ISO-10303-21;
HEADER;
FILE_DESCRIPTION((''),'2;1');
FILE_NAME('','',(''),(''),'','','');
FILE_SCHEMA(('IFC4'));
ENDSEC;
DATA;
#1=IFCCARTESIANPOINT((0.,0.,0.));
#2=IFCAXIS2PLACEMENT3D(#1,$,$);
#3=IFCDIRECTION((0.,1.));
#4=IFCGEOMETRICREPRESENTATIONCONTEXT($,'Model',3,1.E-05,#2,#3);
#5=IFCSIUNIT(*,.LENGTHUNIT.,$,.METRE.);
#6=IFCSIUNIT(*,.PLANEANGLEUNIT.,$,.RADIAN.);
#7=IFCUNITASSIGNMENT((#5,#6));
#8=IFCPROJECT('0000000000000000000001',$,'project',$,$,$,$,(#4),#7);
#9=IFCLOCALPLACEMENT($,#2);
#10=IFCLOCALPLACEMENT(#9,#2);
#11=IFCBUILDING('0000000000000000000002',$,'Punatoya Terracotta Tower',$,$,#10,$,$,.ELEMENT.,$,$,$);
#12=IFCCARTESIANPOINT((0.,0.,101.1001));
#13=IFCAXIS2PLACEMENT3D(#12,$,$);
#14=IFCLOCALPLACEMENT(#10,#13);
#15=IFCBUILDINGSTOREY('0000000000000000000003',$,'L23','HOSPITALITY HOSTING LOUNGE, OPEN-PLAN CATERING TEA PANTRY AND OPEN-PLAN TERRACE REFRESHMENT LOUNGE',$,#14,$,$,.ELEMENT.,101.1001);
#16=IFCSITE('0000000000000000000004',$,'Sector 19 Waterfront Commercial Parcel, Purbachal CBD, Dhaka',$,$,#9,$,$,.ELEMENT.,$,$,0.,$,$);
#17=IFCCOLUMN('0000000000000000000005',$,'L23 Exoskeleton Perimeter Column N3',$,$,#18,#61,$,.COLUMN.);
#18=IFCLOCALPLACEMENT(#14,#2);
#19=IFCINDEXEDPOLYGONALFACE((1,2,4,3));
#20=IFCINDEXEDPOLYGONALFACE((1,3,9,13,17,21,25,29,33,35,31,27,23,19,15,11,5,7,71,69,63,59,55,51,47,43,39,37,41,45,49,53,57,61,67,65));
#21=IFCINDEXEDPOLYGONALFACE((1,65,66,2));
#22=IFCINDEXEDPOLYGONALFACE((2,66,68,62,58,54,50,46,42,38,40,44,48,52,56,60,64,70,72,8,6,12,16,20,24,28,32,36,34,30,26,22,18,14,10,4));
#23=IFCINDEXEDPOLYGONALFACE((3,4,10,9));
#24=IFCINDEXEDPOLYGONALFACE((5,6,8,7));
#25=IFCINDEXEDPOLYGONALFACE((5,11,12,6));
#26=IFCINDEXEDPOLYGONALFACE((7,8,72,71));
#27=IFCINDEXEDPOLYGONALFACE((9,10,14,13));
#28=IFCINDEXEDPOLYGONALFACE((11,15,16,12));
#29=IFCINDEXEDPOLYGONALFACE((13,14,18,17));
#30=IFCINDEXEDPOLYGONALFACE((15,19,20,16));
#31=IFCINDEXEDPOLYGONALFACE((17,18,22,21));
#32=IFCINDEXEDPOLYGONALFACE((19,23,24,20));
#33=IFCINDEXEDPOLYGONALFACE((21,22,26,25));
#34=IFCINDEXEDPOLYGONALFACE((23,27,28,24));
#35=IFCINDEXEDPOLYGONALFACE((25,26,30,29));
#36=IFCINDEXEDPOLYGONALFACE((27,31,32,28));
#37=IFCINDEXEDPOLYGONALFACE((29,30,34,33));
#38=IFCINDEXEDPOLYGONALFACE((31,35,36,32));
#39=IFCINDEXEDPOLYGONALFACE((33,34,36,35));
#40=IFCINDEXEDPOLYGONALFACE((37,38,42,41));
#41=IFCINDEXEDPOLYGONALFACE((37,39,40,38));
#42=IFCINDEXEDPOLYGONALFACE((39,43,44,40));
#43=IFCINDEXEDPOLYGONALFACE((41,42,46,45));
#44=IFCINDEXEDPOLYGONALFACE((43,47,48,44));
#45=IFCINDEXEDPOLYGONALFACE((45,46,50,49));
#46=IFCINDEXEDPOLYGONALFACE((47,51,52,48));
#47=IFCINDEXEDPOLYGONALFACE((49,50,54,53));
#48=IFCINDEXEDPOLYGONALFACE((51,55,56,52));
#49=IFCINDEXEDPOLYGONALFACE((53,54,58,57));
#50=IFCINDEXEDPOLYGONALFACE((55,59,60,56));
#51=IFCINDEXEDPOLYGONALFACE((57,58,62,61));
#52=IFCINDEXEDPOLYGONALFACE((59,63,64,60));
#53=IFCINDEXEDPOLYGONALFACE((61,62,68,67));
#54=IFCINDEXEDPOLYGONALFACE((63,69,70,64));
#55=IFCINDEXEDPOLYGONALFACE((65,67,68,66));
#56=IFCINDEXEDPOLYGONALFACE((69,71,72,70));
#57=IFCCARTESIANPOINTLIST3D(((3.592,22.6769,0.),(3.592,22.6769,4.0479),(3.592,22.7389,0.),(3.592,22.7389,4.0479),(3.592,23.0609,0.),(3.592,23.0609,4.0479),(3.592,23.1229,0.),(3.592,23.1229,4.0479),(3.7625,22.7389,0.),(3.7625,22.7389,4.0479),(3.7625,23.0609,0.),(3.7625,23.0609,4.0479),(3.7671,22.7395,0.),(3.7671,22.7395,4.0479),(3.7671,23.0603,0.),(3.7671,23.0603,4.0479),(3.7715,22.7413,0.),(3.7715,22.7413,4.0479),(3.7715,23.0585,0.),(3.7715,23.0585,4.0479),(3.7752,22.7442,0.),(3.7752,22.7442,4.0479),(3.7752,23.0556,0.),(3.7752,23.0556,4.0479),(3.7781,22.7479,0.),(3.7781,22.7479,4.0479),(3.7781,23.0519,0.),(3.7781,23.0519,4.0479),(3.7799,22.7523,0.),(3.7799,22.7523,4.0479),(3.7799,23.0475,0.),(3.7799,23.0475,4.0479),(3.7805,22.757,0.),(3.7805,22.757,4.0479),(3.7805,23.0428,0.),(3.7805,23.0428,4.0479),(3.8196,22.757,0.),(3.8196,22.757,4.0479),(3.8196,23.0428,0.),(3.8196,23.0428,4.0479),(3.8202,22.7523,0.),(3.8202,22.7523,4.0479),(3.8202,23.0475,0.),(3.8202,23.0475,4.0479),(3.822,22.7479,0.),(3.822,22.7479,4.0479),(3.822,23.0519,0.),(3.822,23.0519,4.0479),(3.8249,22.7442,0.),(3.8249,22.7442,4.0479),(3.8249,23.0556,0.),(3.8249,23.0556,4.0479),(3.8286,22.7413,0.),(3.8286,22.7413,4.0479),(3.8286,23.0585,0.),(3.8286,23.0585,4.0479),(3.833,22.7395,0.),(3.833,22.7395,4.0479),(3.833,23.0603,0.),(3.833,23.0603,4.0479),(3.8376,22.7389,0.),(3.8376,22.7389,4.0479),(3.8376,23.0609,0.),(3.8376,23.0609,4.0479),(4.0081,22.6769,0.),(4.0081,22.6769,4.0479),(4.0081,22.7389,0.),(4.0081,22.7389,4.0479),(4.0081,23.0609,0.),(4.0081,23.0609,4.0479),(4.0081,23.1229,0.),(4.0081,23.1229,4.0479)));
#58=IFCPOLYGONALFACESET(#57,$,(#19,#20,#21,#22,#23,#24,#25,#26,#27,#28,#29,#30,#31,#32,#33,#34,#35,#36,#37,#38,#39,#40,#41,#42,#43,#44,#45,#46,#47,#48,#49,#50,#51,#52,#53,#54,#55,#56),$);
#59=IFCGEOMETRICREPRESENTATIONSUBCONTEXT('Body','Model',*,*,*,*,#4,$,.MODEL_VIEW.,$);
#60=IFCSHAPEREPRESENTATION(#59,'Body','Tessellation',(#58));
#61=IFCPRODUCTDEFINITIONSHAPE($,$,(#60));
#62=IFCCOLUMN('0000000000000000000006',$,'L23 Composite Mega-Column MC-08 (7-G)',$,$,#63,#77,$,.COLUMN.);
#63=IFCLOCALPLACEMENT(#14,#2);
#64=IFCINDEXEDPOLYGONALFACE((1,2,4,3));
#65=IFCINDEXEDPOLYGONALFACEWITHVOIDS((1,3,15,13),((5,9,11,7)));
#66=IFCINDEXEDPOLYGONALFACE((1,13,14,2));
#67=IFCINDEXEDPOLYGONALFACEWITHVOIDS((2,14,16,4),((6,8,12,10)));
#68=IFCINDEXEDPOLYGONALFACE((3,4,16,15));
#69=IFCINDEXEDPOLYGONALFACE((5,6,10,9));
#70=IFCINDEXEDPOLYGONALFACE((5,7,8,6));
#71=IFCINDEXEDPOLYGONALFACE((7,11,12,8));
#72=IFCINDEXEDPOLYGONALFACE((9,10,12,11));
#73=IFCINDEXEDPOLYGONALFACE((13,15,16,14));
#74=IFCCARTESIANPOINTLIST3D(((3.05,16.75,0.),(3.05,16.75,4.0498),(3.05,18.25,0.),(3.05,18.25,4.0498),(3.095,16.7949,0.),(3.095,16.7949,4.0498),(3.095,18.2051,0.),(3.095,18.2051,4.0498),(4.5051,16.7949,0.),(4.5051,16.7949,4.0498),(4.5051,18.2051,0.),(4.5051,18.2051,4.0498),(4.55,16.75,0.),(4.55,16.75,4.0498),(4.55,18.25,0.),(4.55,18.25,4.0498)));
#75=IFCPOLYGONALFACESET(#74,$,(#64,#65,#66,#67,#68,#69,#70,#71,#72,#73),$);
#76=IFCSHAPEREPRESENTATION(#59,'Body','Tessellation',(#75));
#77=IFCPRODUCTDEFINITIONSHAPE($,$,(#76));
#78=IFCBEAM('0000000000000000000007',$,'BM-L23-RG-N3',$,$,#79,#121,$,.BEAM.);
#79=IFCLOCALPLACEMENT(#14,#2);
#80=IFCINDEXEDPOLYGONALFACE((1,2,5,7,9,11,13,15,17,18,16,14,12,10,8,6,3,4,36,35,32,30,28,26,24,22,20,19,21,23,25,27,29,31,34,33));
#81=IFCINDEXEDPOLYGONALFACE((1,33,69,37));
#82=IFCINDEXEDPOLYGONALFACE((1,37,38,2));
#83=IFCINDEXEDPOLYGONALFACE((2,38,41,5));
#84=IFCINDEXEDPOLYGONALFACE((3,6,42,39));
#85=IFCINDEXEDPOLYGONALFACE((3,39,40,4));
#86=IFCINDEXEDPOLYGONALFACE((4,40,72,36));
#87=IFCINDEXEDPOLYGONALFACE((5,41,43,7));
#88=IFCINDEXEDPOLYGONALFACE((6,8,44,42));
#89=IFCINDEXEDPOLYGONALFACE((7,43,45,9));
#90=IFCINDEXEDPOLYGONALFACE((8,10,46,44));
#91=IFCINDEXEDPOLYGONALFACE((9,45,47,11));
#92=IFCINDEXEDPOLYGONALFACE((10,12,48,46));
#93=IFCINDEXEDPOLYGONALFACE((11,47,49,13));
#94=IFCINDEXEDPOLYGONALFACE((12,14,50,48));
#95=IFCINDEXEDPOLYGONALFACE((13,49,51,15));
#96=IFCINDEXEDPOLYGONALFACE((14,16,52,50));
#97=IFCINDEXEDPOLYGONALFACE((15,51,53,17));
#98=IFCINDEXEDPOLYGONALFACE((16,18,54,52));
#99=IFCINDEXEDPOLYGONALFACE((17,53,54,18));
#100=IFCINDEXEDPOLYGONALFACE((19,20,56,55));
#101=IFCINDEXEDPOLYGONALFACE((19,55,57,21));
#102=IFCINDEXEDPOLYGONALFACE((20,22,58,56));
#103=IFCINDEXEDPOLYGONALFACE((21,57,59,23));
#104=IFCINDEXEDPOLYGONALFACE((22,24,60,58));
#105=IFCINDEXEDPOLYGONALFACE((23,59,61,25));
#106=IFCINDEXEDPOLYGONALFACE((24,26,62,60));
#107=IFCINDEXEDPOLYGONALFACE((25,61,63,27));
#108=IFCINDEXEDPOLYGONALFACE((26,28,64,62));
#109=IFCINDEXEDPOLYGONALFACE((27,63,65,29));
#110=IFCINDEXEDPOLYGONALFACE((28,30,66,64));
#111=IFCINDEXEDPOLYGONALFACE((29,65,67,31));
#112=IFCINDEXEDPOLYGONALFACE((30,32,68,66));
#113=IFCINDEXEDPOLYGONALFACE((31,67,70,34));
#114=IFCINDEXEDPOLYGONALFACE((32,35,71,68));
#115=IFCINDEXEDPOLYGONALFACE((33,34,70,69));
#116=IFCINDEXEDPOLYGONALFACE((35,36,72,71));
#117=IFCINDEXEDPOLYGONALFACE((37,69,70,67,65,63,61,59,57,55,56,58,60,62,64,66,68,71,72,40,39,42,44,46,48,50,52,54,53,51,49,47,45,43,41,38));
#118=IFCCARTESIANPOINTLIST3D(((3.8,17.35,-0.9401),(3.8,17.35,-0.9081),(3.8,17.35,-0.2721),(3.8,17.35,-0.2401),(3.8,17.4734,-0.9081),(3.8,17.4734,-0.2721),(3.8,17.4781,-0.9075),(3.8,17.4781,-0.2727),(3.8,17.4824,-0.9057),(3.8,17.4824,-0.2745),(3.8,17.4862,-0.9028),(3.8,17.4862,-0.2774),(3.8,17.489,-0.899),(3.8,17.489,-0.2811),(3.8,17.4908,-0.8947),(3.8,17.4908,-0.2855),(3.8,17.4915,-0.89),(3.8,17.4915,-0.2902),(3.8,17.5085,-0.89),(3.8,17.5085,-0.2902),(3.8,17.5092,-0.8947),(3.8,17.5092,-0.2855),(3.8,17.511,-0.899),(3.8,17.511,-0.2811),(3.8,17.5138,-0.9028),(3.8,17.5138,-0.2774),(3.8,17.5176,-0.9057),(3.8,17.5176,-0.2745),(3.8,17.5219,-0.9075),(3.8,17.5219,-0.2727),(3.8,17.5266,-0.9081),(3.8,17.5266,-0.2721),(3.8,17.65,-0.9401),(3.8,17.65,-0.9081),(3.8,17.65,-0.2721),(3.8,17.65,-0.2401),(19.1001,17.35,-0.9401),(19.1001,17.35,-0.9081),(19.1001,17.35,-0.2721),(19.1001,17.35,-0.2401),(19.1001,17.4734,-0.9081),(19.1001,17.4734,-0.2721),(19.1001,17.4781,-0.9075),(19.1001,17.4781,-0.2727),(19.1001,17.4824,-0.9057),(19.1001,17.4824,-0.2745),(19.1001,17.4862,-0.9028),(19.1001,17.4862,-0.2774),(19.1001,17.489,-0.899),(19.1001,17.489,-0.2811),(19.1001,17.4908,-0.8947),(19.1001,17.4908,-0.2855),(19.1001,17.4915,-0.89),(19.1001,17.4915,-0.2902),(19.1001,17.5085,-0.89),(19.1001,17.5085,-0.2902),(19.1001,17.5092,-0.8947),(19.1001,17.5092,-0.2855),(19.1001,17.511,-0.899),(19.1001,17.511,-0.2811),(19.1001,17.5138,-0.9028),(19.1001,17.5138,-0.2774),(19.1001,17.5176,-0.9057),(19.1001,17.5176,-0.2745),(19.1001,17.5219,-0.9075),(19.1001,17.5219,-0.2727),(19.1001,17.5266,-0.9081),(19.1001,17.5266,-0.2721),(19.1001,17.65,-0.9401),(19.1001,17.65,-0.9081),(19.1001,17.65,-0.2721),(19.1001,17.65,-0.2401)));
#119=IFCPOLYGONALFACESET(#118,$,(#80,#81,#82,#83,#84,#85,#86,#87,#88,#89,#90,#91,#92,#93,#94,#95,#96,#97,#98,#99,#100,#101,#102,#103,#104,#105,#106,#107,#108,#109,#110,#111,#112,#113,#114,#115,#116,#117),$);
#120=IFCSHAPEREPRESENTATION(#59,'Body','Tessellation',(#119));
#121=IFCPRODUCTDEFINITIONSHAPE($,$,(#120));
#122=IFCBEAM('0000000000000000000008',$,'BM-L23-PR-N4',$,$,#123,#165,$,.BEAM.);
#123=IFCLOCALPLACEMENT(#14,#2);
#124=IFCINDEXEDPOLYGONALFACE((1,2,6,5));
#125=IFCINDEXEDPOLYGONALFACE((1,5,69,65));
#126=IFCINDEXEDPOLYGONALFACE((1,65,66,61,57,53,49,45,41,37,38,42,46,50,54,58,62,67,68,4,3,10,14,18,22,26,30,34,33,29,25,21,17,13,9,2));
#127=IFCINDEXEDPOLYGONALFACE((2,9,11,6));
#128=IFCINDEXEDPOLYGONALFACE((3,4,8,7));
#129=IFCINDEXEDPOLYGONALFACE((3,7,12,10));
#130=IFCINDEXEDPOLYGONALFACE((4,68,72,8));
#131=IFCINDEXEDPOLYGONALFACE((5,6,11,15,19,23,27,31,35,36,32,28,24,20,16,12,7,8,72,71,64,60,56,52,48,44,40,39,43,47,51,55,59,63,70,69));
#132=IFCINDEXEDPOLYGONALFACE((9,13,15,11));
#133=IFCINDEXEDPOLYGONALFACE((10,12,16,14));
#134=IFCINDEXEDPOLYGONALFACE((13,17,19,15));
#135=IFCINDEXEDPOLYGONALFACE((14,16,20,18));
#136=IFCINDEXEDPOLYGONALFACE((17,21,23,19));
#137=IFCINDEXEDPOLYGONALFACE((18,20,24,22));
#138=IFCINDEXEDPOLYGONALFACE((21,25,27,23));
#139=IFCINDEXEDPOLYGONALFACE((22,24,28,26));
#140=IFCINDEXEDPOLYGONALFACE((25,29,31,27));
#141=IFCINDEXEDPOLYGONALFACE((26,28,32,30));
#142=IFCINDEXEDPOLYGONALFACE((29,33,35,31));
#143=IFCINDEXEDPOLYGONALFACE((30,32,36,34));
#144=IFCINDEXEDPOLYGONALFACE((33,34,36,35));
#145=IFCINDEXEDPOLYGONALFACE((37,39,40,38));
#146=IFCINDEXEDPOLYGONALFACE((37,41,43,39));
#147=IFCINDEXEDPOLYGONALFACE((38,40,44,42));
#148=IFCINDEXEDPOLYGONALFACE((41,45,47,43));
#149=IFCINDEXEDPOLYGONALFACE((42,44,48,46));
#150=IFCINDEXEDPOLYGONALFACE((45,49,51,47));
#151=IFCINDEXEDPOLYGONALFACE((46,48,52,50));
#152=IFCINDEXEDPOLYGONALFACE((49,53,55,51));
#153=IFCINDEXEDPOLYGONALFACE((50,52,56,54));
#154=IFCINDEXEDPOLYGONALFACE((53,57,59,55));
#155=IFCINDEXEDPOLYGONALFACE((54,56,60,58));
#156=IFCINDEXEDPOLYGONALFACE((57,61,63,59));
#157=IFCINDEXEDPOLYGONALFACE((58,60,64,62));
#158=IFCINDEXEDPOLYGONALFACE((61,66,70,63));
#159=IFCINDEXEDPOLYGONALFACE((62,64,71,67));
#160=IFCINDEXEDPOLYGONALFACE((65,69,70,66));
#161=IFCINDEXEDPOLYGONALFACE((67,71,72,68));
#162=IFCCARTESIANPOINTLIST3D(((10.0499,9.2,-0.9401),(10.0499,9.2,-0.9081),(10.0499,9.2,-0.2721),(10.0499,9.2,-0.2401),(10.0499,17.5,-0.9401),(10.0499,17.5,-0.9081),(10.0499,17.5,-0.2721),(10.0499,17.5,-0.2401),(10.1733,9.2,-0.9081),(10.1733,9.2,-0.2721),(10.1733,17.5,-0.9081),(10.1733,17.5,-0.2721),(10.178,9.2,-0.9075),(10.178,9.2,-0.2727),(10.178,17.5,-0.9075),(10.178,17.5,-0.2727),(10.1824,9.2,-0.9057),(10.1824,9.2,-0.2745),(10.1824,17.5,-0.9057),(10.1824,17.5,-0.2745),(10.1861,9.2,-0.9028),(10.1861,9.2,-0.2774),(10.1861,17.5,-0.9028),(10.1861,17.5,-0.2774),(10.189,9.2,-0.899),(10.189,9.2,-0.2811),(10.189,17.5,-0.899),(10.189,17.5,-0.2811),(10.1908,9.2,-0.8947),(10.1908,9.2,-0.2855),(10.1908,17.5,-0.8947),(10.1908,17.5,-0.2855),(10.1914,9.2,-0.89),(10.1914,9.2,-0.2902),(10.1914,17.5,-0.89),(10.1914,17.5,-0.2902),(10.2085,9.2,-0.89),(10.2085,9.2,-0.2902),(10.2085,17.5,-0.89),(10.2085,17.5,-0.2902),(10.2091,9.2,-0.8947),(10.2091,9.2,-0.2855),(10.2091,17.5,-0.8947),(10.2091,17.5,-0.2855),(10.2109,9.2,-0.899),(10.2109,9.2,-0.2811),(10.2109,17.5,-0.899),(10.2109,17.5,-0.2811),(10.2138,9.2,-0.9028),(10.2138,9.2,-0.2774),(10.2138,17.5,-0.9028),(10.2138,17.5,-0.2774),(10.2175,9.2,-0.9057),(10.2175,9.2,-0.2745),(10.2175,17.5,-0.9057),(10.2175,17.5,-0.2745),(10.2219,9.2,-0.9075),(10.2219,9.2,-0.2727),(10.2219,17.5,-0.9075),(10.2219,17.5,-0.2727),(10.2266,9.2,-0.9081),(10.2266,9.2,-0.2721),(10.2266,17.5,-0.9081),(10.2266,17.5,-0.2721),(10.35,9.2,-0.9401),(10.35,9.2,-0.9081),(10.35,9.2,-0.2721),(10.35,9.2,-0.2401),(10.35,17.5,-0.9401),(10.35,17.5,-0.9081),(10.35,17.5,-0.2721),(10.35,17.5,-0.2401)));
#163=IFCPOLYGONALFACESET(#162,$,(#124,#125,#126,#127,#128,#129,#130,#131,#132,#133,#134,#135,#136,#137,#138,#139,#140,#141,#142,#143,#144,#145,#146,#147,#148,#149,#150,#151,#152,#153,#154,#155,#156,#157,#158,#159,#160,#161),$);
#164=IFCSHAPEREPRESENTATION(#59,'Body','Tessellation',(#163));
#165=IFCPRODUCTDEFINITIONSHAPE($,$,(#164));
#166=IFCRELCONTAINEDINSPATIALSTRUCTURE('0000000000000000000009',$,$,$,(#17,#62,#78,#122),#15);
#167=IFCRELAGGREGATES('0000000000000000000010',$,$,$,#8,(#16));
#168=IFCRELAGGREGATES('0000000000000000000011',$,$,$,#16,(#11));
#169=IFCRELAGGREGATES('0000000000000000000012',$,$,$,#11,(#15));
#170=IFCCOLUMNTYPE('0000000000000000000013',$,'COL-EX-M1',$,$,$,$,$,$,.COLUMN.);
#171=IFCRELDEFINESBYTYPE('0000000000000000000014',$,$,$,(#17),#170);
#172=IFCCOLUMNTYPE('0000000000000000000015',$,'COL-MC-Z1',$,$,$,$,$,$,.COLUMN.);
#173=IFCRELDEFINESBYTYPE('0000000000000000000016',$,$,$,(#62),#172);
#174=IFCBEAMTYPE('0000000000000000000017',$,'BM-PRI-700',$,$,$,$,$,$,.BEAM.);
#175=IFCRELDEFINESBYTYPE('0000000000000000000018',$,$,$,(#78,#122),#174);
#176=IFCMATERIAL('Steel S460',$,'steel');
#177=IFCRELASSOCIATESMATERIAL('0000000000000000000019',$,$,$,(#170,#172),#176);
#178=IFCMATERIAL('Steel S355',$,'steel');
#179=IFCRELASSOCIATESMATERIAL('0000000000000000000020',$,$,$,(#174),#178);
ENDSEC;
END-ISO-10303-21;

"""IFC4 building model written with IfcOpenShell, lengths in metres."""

from ifc_helpers import new_model, si_unit, direction, frame, origin, origin_2d, place, context, subcontext, project, spatial, hollow_rectangle, i_section, extrude, material, material_profile, profile_set, type_object, element, save


model = new_model("IFC4")

# Units and contexts
model_context = context("Model", 3, precision=1e-05, world=origin(), true_north=direction((0.0, 1.0)))
body_context = subcontext(model_context, "Body", "Model", "MODEL_VIEW")
ifc_project = project(units=[si_unit("LENGTHUNIT", "METRE"), si_unit("PLANEANGLEUNIT", "RADIAN")], contexts=[model_context])

# Site, building, storey
site_placement = place(None, origin())
site = spatial("IfcSite", under=ifc_project, at=site_placement, Name="Sector 19 Waterfront Commercial Parcel, Purbachal CBD, Dhaka", CompositionType="ELEMENT", RefElevation=0.0)
building_placement = place(site_placement, origin())
building = spatial("IfcBuilding", under=site, at=building_placement, Name="Punatoya Terracotta Tower", CompositionType="ELEMENT")
storey_placement = place(building_placement, frame((0.0, 0.0, 101.1001)))
storey = spatial("IfcBuildingStorey", under=building, at=storey_placement, Name="L23", Description="HOSPITALITY HOSTING LOUNGE, OPEN-PLAN CATERING TEA PANTRY AND OPEN-PLAN TERRACE REFRESHMENT LOUNGE", CompositionType="ELEMENT", Elevation=101.1001)

# Columns
ifc_material_1 = material(Name="Steel S460", Category="steel")
ifc_material_profile_1 = material_profile(ifc_material_1, i_section(OverallWidth=0.416, OverallDepth=0.446, WebThickness=0.0391, FlangeThickness=0.062, FilletRadius=0.0181, at=origin_2d()))
ifc_profile_set_1 = profile_set([ifc_material_profile_1], Name="Steel S460")
column_type_1 = type_object("IfcColumnType", Name="COL-EX-M1", PredefinedType="COLUMN", material=ifc_profile_set_1)
column_1_placement = place(storey_placement, frame((3.8, 22.8999, 0.0), z_axis=(0.0, 0.0, 1.0), x_axis=(1.0, 0.0, 0.0)))
element("IfcColumn", 1, at=column_1_placement, inside=storey, type_object=column_type_1, Name="L23 Exoskeleton Perimeter Column N3", PredefinedType="COLUMN", context=body_context, shape_type="SweptSolid", body=[
    extrude(i_section(OverallWidth=0.416, OverallDepth=0.446, WebThickness=0.0391, FlangeThickness=0.062, FilletRadius=0.0181, at=origin_2d()), origin(), (0.0, 0.0, 1.0), 4.0479),
])
ifc_material_profile_2 = material_profile(ifc_material_1, hollow_rectangle(XDim=1.5, YDim=1.5, WallThickness=0.0449, at=origin_2d()))
ifc_profile_set_2 = profile_set([ifc_material_profile_2], Name="Steel S460")
column_type_2 = type_object("IfcColumnType", Name="COL-MC-Z1", PredefinedType="COLUMN", material=ifc_profile_set_2)
column_2_placement = place(storey_placement, frame((3.8, 17.5, 0.0), z_axis=(0.0, 0.0, 1.0), x_axis=(1.0, 0.0, 0.0)))
element("IfcColumn", 2, at=column_2_placement, inside=storey, type_object=column_type_2, Name="L23 Composite Mega-Column MC-08 (7-G)", PredefinedType="COLUMN", context=body_context, shape_type="SweptSolid", body=[
    extrude(hollow_rectangle(XDim=1.5, YDim=1.5, WallThickness=0.0449, at=origin_2d()), origin(), (0.0, 0.0, 1.0), 4.0498),
])

# Beams
ifc_material_2 = material(Name="Steel S355", Category="steel")
ifc_material_profile_3 = material_profile(ifc_material_2, i_section(OverallWidth=0.3, OverallDepth=0.7, WebThickness=0.0171, FlangeThickness=0.032, FilletRadius=0.0181, at=origin_2d()))
ifc_profile_set_3 = profile_set([ifc_material_profile_3], Name="Steel S355")
beam_type_1 = type_object("IfcBeamType", Name="BM-PRI-700", PredefinedType="BEAM", material=ifc_profile_set_3)
beam_1_placement = place(storey_placement, frame((3.8, 17.5, -0.5901), z_axis=(1.0, 0.0, 0.0), x_axis=(0.0, 1.0, 0.0)))
element("IfcBeam", 3, at=beam_1_placement, inside=storey, type_object=beam_type_1, Name="BM-L23-RG-N3", PredefinedType="BEAM", context=body_context, shape_type="SweptSolid", body=[
    extrude(i_section(OverallWidth=0.3, OverallDepth=0.7, WebThickness=0.0171, FlangeThickness=0.032, FilletRadius=0.0181, at=origin_2d()), origin(), (0.0, 0.0, 1.0), 15.3),
])
beam_2_placement = place(storey_placement, frame((10.2, 9.2, -0.5901), z_axis=(0.0, 1.0, 0.0), x_axis=(-1.0, 0.0, 0.0)))
element("IfcBeam", 4, at=beam_2_placement, inside=storey, type_object=beam_type_1, Name="BM-L23-PR-N4", PredefinedType="BEAM", context=body_context, shape_type="SweptSolid", body=[
    extrude(i_section(OverallWidth=0.3, OverallDepth=0.7, WebThickness=0.0171, FlangeThickness=0.032, FilletRadius=0.0181, at=origin_2d()), origin(), (0.0, 0.0, 1.0), 8.3),
])

save(model, "model.ifc")
